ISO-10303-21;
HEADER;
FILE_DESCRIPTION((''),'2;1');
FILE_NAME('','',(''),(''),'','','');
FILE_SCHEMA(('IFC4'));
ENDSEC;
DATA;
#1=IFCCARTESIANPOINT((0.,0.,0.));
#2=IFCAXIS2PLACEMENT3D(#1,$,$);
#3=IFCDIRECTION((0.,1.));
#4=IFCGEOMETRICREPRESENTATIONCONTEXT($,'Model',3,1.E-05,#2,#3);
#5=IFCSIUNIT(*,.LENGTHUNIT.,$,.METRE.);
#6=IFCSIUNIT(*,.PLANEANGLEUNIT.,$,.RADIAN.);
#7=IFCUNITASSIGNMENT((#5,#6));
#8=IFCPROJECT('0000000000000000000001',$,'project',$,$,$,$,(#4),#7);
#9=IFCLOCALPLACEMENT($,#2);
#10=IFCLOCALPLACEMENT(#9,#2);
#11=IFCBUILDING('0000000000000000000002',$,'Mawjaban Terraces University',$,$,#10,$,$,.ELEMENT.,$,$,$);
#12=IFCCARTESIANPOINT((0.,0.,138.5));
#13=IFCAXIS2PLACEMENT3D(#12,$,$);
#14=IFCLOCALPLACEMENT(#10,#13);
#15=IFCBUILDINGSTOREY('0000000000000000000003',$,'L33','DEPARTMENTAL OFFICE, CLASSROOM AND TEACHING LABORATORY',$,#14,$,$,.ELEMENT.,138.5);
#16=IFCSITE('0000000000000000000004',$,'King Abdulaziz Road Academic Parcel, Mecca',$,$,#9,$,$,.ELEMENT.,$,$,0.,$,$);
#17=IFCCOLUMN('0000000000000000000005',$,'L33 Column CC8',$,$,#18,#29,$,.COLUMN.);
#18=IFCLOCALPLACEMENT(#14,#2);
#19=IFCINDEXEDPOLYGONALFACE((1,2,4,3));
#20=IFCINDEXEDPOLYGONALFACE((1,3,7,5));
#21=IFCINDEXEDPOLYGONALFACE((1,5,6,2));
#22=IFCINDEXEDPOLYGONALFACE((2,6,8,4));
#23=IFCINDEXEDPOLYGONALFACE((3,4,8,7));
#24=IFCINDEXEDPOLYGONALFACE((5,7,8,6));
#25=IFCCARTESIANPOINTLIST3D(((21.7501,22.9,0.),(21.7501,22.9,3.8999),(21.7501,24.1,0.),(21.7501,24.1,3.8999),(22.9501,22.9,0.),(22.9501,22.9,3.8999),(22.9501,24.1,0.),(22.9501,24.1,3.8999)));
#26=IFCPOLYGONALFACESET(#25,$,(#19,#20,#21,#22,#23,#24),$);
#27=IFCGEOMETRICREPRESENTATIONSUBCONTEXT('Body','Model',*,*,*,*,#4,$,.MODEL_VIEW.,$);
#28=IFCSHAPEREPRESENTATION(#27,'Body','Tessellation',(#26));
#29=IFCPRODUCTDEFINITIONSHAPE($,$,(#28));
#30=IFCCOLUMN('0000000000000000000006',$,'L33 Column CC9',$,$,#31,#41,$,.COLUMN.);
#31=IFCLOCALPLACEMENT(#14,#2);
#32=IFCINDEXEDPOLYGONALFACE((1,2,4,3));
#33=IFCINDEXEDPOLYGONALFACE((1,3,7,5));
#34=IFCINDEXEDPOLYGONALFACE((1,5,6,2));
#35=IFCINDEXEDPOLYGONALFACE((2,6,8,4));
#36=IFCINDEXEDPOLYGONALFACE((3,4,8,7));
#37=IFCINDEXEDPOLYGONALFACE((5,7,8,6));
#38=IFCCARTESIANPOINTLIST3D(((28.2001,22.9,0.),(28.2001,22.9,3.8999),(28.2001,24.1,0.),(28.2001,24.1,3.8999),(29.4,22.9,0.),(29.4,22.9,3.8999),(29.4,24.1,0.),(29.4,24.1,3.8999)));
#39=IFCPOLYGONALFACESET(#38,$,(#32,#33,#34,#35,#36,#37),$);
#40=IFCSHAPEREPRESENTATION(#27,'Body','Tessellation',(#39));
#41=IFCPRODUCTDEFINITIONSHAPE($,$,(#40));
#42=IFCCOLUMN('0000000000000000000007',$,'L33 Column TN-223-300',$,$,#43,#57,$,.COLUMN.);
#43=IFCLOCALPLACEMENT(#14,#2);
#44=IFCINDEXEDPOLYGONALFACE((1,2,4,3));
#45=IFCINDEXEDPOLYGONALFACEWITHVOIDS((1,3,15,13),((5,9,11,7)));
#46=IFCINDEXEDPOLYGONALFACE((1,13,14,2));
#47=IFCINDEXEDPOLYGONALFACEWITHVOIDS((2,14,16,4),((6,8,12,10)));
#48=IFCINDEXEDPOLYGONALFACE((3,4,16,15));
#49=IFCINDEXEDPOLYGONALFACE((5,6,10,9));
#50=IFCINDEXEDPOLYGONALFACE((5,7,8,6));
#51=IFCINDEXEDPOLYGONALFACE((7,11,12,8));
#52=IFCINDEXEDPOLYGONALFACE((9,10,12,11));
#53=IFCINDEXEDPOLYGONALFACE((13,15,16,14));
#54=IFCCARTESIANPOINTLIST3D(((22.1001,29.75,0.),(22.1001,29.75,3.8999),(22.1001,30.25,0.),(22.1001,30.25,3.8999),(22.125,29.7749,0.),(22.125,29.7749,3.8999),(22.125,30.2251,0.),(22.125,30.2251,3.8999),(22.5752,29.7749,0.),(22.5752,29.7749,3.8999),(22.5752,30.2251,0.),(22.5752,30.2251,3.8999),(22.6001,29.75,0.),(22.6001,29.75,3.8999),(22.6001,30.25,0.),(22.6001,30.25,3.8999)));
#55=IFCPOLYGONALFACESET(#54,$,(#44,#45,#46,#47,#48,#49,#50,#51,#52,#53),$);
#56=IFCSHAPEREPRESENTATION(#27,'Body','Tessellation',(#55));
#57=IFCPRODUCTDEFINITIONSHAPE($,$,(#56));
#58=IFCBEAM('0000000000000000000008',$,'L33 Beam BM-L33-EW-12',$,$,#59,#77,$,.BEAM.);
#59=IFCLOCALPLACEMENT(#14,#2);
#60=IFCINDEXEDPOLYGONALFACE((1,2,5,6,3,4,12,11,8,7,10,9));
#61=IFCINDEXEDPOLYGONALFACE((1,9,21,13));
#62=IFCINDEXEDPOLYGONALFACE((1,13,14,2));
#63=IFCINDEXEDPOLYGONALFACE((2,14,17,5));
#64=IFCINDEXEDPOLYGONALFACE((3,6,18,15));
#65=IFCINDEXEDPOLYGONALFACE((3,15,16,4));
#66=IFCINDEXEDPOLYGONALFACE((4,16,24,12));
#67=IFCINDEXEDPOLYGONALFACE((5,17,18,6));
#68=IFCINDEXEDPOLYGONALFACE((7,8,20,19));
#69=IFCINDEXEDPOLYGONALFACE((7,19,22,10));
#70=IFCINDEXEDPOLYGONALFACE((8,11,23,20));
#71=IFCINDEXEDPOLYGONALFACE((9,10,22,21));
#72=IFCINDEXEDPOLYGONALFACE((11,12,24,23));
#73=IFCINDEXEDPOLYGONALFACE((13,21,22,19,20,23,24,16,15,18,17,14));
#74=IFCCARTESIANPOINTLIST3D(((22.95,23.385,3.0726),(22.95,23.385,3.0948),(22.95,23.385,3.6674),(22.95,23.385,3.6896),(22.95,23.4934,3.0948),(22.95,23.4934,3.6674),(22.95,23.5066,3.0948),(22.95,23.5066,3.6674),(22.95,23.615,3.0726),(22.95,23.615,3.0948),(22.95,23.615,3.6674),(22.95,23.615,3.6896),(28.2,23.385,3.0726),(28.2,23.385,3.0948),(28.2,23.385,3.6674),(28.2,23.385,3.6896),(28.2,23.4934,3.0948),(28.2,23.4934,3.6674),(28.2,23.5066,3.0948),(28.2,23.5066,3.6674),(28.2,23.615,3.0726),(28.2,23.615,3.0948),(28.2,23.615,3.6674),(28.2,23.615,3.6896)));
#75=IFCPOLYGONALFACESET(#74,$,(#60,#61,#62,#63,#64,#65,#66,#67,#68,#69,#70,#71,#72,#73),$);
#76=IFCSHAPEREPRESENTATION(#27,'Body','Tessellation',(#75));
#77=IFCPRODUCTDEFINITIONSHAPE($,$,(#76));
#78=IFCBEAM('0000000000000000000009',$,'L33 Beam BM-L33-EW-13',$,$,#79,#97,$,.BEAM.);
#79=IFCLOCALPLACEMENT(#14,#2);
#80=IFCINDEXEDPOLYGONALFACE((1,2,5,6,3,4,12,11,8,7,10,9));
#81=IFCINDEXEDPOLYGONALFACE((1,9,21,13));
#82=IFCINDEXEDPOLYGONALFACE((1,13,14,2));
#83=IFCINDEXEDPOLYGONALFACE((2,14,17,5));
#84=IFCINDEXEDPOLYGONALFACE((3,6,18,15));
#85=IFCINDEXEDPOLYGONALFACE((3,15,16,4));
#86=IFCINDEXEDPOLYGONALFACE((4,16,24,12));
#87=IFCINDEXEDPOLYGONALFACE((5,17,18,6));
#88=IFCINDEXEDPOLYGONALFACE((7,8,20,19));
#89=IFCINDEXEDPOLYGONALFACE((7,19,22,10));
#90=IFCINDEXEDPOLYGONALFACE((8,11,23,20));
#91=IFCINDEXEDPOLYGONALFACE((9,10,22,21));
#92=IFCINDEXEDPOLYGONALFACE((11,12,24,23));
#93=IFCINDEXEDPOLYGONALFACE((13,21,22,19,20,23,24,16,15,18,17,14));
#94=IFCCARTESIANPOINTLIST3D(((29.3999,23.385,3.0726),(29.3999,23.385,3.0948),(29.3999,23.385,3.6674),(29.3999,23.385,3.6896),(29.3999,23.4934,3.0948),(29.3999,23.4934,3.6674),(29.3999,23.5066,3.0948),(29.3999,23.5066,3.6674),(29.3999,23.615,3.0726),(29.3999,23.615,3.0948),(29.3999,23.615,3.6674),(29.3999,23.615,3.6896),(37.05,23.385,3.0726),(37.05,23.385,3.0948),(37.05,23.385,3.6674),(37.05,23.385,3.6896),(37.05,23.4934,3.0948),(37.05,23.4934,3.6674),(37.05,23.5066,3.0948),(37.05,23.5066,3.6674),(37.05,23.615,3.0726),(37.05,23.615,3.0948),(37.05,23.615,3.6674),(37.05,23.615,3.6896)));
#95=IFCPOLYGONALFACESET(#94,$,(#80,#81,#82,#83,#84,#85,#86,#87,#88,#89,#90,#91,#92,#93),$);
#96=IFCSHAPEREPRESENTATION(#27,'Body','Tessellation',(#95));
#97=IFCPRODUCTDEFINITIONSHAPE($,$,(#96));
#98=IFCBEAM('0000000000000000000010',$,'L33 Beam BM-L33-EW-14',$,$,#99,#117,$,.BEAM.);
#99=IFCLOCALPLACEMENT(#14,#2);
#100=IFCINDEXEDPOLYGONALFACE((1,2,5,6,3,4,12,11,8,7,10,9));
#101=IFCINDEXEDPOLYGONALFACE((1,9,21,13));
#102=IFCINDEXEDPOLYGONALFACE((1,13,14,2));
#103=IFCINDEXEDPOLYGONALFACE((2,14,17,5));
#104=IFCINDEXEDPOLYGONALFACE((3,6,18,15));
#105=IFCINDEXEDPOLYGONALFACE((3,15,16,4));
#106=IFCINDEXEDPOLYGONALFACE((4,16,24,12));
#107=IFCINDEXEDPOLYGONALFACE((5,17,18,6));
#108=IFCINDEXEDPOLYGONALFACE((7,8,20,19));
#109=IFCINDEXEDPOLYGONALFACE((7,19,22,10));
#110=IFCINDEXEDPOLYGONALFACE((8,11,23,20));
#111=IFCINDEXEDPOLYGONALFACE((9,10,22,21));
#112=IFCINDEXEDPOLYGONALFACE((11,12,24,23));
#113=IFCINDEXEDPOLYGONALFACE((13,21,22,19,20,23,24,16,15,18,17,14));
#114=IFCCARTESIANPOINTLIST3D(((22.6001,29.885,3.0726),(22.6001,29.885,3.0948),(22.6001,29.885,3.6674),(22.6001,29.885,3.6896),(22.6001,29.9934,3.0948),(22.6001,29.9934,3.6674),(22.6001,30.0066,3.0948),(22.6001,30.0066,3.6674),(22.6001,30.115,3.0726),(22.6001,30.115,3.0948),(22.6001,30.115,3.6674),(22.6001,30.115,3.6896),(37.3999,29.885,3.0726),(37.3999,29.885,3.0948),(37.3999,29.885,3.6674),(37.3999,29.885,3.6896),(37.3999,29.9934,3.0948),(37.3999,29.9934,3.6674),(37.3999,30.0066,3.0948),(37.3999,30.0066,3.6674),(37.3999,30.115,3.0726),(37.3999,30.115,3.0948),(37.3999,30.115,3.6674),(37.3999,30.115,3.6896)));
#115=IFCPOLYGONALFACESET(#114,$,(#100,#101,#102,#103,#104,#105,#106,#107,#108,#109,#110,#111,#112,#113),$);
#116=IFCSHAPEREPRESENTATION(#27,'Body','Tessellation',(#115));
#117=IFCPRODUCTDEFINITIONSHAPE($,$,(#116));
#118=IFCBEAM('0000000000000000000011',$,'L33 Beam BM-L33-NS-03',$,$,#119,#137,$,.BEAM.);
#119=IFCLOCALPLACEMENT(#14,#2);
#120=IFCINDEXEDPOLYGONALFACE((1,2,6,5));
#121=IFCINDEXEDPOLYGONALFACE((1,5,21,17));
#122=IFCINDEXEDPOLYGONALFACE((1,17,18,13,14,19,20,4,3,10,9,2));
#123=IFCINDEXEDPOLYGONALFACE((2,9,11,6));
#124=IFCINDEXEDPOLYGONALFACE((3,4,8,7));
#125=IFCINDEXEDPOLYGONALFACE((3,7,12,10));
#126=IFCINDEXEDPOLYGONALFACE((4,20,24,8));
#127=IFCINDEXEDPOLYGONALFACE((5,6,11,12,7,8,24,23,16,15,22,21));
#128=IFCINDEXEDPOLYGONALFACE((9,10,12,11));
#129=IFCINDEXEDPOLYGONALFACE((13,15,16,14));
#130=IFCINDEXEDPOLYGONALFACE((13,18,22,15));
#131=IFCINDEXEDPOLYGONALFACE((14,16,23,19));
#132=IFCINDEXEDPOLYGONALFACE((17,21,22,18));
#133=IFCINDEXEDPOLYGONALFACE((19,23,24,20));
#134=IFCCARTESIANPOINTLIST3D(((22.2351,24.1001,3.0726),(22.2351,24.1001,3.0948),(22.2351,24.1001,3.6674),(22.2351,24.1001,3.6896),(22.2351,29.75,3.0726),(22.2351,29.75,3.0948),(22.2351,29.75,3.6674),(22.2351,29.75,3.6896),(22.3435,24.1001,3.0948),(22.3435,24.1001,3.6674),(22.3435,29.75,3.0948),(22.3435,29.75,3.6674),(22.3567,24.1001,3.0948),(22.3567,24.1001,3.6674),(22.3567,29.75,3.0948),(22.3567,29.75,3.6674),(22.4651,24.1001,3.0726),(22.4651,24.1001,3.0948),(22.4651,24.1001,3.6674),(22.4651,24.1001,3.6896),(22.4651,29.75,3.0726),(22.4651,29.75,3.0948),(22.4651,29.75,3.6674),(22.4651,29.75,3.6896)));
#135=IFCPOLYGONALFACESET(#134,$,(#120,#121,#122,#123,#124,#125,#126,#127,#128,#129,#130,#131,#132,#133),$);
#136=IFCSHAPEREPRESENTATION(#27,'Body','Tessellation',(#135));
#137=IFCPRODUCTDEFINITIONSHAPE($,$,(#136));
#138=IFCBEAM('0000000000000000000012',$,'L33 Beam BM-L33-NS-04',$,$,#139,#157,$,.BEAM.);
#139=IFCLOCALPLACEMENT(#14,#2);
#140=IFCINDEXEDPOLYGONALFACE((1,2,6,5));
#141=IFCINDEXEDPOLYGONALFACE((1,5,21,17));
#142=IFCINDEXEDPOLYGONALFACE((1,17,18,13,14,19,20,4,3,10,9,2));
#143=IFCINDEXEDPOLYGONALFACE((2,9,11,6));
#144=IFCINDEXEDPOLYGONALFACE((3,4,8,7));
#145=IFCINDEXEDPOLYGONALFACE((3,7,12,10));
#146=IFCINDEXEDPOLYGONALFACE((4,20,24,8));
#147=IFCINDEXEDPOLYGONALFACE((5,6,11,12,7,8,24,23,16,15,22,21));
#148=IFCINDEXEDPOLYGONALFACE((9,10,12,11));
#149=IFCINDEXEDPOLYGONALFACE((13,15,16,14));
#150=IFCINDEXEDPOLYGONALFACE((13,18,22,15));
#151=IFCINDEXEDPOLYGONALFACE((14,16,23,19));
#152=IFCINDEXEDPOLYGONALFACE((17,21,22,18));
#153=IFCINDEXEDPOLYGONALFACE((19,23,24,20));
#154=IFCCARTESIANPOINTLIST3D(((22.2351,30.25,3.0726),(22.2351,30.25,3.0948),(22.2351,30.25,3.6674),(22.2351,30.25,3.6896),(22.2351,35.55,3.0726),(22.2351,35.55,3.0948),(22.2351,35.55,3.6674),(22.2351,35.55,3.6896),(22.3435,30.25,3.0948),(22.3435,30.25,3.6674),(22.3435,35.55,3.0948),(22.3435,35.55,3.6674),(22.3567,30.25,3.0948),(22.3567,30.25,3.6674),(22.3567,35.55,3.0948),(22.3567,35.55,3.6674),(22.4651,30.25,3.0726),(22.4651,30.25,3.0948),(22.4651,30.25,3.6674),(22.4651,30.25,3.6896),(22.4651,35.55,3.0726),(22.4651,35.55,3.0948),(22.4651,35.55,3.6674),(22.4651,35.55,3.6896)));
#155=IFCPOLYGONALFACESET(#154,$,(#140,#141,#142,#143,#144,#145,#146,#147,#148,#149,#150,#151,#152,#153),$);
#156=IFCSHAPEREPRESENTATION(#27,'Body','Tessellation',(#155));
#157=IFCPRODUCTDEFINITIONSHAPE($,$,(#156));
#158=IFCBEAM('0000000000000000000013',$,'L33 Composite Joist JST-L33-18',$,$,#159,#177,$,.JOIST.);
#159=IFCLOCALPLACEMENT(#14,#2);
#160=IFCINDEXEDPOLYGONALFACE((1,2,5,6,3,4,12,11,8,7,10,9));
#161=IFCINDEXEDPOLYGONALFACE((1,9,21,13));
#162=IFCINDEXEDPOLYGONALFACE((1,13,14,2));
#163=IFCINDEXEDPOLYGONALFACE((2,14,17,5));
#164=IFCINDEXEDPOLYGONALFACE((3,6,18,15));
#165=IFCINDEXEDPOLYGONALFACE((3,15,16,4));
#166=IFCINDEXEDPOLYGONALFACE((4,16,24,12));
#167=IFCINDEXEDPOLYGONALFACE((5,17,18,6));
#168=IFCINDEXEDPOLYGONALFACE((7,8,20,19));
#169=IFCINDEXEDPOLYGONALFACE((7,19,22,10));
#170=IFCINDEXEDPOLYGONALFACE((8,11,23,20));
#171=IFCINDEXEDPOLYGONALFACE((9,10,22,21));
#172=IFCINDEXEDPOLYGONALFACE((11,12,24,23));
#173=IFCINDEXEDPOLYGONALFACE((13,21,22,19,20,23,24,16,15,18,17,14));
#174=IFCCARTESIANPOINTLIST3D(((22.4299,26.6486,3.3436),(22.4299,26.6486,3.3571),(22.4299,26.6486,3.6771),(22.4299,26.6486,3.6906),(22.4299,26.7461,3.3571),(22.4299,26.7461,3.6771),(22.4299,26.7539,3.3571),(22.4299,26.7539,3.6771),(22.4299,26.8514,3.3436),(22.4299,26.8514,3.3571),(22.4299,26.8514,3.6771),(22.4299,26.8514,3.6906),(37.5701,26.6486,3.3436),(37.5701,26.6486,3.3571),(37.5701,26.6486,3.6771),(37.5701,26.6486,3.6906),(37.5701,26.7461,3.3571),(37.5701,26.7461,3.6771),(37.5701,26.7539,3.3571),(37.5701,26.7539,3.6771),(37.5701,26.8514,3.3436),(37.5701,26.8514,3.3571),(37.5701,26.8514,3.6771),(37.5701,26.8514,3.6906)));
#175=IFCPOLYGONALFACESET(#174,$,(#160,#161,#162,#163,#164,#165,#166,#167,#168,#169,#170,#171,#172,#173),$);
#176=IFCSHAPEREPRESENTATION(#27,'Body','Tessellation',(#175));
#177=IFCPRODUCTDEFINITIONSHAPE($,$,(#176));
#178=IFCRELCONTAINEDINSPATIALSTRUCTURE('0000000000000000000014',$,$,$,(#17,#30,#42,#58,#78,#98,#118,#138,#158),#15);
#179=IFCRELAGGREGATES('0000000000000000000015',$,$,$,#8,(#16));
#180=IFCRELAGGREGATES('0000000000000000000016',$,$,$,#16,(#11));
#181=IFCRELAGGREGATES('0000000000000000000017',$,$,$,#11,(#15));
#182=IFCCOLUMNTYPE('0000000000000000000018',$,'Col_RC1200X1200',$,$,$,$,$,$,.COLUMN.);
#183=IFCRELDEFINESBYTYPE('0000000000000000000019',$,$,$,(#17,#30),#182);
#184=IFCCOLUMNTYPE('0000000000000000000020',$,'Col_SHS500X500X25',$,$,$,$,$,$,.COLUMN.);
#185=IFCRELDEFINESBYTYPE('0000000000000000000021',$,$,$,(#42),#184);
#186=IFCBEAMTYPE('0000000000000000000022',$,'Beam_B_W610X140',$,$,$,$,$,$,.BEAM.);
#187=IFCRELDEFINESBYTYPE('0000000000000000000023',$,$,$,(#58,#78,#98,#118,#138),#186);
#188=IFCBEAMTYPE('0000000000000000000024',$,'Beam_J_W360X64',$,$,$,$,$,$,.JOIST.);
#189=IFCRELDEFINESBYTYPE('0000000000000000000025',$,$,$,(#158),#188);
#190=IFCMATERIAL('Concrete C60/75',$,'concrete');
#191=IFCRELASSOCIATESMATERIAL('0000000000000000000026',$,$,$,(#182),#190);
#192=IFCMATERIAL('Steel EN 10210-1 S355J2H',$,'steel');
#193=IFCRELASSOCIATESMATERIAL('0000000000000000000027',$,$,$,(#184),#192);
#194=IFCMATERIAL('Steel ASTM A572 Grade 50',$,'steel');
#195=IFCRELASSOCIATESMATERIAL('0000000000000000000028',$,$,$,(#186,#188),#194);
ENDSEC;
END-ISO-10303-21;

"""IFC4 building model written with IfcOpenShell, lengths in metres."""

from ifc_helpers import new_model, si_unit, direction, frame, origin, origin_2d, place, context, subcontext, project, spatial, rectangle, hollow_rectangle, i_section, extrude, material, material_profile, profile_set, type_object, element, save


model = new_model("IFC4")

# Units and contexts
model_context = context("Model", 3, precision=1e-05, world=origin(), true_north=direction((0.0, 1.0)))
body_context = subcontext(model_context, "Body", "Model", "MODEL_VIEW")
ifc_project = project(units=[si_unit("LENGTHUNIT", "METRE"), si_unit("PLANEANGLEUNIT", "RADIAN")], contexts=[model_context])

# Site, building, storey
site_placement = place(None, origin())
site = spatial("IfcSite", under=ifc_project, at=site_placement, Name="King Abdulaziz Road Academic Parcel, Mecca", CompositionType="ELEMENT", RefElevation=0.0)
building_placement = place(site_placement, origin())
building = spatial("IfcBuilding", under=site, at=building_placement, Name="Mawjaban Terraces University", CompositionType="ELEMENT")
storey_placement = place(building_placement, frame((0.0, 0.0, 138.5)))
storey = spatial("IfcBuildingStorey", under=building, at=storey_placement, Name="L33", Description="DEPARTMENTAL OFFICE, CLASSROOM AND TEACHING LABORATORY", CompositionType="ELEMENT", Elevation=138.5)

# Columns
ifc_material_1 = material(Name="Concrete C60/75", Category="concrete")
ifc_material_profile_1 = material_profile(ifc_material_1, rectangle(XDim=1.2, YDim=1.2, at=origin_2d()), Name="RC1200X1200")
ifc_profile_set_1 = profile_set([ifc_material_profile_1], Name="Concrete C60/75")
column_type_1 = type_object("IfcColumnType", Name="Col_RC1200X1200", PredefinedType="COLUMN", material=ifc_profile_set_1)
for number, where, z_axis, x_axis, name in (
    (1, (22.3501, 23.5, 0.0), (0.0, 0.0, 1.0), (1.0, 0.0, 0.0), "L33 Column CC8"),
    (2, (28.8, 23.5, 0.0), (0.0, 0.0, 1.0), (1.0, 0.0, 0.0), "L33 Column CC9"),
):
    element("IfcColumn", number, at=place(storey_placement, frame(where, z_axis=z_axis, x_axis=x_axis)), inside=storey, type_object=column_type_1, Name=name, PredefinedType="COLUMN", context=body_context, shape_type="SweptSolid", body=[
        extrude(rectangle(XDim=1.2, YDim=1.2, at=origin_2d()), origin(), (0.0, 0.0, 1.0), 3.8999),
    ])
ifc_material_2 = material(Name="Steel EN 10210-1 S355J2H", Category="steel")
ifc_material_profile_2 = material_profile(ifc_material_2, hollow_rectangle(XDim=0.5, YDim=0.5, WallThickness=0.0249, at=origin_2d()), Name="SHS500X500X25")
ifc_profile_set_2 = profile_set([ifc_material_profile_2], Name="Steel EN 10210-1 S355J2H")
column_type_2 = type_object("IfcColumnType", Name="Col_SHS500X500X25", PredefinedType="COLUMN", material=ifc_profile_set_2)
column_placement = place(storey_placement, frame((22.3501, 30.0, 0.0), z_axis=(0.0, 0.0, 1.0), x_axis=(1.0, 0.0, 0.0)))
element("IfcColumn", 3, at=column_placement, inside=storey, type_object=column_type_2, Name="L33 Column TN-223-300", PredefinedType="COLUMN", context=body_context, shape_type="SweptSolid", body=[
    extrude(hollow_rectangle(XDim=0.5, YDim=0.5, WallThickness=0.0249, at=origin_2d()), origin(), (0.0, 0.0, 1.0), 3.8999),
])

# Beams
ifc_material_3 = material(Name="Steel ASTM A572 Grade 50", Category="steel")
ifc_material_profile_3 = material_profile(ifc_material_3, i_section(OverallWidth=0.23, OverallDepth=0.6169, WebThickness=0.0132, FlangeThickness=0.0222, at=origin_2d()), Name="W610X140")
ifc_profile_set_3 = profile_set([ifc_material_profile_3], Name="Steel ASTM A572 Grade 50")
beam_type_1 = type_object("IfcBeamType", Name="Beam_B_W610X140", PredefinedType="BEAM", material=ifc_profile_set_3)
beam_1_placement = place(storey_placement, frame((22.95, 23.5, 3.3811), z_axis=(1.0, 0.0, 0.0), x_axis=(0.0, 1.0, 0.0)))
element("IfcBeam", 4, at=beam_1_placement, inside=storey, type_object=beam_type_1, Name="L33 Beam BM-L33-EW-12", PredefinedType="BEAM", context=body_context, shape_type="SweptSolid", body=[
    extrude(i_section(OverallWidth=0.23, OverallDepth=0.6169, WebThickness=0.0132, FlangeThickness=0.0222, at=origin_2d()), origin(), (0.0, 0.0, 1.0), 5.25),
])
beam_2_placement = place(storey_placement, frame((29.3999, 23.5, 3.3811), z_axis=(1.0, 0.0, 0.0), x_axis=(0.0, 1.0, 0.0)))
element("IfcBeam", 5, at=beam_2_placement, inside=storey, type_object=beam_type_1, Name="L33 Beam BM-L33-EW-13", PredefinedType="BEAM", context=body_context, shape_type="SweptSolid", body=[
    extrude(i_section(OverallWidth=0.23, OverallDepth=0.6169, WebThickness=0.0132, FlangeThickness=0.0222, at=origin_2d()), origin(), (0.0, 0.0, 1.0), 7.6501),
])
beam_3_placement = place(storey_placement, frame((22.6001, 30.0, 3.3811), z_axis=(1.0, 0.0, 0.0), x_axis=(0.0, 1.0, 0.0)))
element("IfcBeam", 6, at=beam_3_placement, inside=storey, type_object=beam_type_1, Name="L33 Beam BM-L33-EW-14", PredefinedType="BEAM", context=body_context, shape_type="SweptSolid", body=[
    extrude(i_section(OverallWidth=0.23, OverallDepth=0.6169, WebThickness=0.0132, FlangeThickness=0.0222, at=origin_2d()), origin(), (0.0, 0.0, 1.0), 14.7998),
])
beam_4_placement = place(storey_placement, frame((22.3501, 24.1001, 3.3811), z_axis=(0.0, 1.0, 0.0), x_axis=(-1.0, 0.0, 0.0)))
element("IfcBeam", 7, at=beam_4_placement, inside=storey, type_object=beam_type_1, Name="L33 Beam BM-L33-NS-03", PredefinedType="BEAM", context=body_context, shape_type="SweptSolid", body=[
    extrude(i_section(OverallWidth=0.23, OverallDepth=0.6169, WebThickness=0.0132, FlangeThickness=0.0222, at=origin_2d()), origin(), (0.0, 0.0, 1.0), 5.6499),
])
beam_5_placement = place(storey_placement, frame((22.3501, 30.25, 3.3811), z_axis=(0.0, 1.0, 0.0), x_axis=(-1.0, 0.0, 0.0)))
element("IfcBeam", 8, at=beam_5_placement, inside=storey, type_object=beam_type_1, Name="L33 Beam BM-L33-NS-04", PredefinedType="BEAM", context=body_context, shape_type="SweptSolid", body=[
    extrude(i_section(OverallWidth=0.23, OverallDepth=0.6169, WebThickness=0.0132, FlangeThickness=0.0222, at=origin_2d()), origin(), (0.0, 0.0, 1.0), 5.3),
])
ifc_material_profile_4 = material_profile(ifc_material_3, i_section(OverallWidth=0.2029, OverallDepth=0.3469, WebThickness=0.0078, FlangeThickness=0.0134, at=origin_2d()), Name="W360X64")
ifc_profile_set_4 = profile_set([ifc_material_profile_4], Name="Steel ASTM A572 Grade 50")
beam_type_2 = type_object("IfcBeamType", Name="Beam_J_W360X64", PredefinedType="JOIST", material=ifc_profile_set_4)
for number, where, z_axis, x_axis, name in (
    (9, (22.4299, 26.75, 3.5171), (1.0, 0.0, 0.0), (0.0, 1.0, 0.0), "L33 Composite Joist JST-L33-18"),
):
    element("IfcBeam", number, at=place(storey_placement, frame(where, z_axis=z_axis, x_axis=x_axis)), inside=storey, type_object=beam_type_2, Name=name, PredefinedType="JOIST", context=body_context, shape_type="SweptSolid", body=[
        extrude(i_section(OverallWidth=0.2029, OverallDepth=0.3469, WebThickness=0.0078, FlangeThickness=0.0134, at=origin_2d()), origin(), (0.0, 0.0, 1.0), 15.1401),
    ])

save(model, "model.ifc")
